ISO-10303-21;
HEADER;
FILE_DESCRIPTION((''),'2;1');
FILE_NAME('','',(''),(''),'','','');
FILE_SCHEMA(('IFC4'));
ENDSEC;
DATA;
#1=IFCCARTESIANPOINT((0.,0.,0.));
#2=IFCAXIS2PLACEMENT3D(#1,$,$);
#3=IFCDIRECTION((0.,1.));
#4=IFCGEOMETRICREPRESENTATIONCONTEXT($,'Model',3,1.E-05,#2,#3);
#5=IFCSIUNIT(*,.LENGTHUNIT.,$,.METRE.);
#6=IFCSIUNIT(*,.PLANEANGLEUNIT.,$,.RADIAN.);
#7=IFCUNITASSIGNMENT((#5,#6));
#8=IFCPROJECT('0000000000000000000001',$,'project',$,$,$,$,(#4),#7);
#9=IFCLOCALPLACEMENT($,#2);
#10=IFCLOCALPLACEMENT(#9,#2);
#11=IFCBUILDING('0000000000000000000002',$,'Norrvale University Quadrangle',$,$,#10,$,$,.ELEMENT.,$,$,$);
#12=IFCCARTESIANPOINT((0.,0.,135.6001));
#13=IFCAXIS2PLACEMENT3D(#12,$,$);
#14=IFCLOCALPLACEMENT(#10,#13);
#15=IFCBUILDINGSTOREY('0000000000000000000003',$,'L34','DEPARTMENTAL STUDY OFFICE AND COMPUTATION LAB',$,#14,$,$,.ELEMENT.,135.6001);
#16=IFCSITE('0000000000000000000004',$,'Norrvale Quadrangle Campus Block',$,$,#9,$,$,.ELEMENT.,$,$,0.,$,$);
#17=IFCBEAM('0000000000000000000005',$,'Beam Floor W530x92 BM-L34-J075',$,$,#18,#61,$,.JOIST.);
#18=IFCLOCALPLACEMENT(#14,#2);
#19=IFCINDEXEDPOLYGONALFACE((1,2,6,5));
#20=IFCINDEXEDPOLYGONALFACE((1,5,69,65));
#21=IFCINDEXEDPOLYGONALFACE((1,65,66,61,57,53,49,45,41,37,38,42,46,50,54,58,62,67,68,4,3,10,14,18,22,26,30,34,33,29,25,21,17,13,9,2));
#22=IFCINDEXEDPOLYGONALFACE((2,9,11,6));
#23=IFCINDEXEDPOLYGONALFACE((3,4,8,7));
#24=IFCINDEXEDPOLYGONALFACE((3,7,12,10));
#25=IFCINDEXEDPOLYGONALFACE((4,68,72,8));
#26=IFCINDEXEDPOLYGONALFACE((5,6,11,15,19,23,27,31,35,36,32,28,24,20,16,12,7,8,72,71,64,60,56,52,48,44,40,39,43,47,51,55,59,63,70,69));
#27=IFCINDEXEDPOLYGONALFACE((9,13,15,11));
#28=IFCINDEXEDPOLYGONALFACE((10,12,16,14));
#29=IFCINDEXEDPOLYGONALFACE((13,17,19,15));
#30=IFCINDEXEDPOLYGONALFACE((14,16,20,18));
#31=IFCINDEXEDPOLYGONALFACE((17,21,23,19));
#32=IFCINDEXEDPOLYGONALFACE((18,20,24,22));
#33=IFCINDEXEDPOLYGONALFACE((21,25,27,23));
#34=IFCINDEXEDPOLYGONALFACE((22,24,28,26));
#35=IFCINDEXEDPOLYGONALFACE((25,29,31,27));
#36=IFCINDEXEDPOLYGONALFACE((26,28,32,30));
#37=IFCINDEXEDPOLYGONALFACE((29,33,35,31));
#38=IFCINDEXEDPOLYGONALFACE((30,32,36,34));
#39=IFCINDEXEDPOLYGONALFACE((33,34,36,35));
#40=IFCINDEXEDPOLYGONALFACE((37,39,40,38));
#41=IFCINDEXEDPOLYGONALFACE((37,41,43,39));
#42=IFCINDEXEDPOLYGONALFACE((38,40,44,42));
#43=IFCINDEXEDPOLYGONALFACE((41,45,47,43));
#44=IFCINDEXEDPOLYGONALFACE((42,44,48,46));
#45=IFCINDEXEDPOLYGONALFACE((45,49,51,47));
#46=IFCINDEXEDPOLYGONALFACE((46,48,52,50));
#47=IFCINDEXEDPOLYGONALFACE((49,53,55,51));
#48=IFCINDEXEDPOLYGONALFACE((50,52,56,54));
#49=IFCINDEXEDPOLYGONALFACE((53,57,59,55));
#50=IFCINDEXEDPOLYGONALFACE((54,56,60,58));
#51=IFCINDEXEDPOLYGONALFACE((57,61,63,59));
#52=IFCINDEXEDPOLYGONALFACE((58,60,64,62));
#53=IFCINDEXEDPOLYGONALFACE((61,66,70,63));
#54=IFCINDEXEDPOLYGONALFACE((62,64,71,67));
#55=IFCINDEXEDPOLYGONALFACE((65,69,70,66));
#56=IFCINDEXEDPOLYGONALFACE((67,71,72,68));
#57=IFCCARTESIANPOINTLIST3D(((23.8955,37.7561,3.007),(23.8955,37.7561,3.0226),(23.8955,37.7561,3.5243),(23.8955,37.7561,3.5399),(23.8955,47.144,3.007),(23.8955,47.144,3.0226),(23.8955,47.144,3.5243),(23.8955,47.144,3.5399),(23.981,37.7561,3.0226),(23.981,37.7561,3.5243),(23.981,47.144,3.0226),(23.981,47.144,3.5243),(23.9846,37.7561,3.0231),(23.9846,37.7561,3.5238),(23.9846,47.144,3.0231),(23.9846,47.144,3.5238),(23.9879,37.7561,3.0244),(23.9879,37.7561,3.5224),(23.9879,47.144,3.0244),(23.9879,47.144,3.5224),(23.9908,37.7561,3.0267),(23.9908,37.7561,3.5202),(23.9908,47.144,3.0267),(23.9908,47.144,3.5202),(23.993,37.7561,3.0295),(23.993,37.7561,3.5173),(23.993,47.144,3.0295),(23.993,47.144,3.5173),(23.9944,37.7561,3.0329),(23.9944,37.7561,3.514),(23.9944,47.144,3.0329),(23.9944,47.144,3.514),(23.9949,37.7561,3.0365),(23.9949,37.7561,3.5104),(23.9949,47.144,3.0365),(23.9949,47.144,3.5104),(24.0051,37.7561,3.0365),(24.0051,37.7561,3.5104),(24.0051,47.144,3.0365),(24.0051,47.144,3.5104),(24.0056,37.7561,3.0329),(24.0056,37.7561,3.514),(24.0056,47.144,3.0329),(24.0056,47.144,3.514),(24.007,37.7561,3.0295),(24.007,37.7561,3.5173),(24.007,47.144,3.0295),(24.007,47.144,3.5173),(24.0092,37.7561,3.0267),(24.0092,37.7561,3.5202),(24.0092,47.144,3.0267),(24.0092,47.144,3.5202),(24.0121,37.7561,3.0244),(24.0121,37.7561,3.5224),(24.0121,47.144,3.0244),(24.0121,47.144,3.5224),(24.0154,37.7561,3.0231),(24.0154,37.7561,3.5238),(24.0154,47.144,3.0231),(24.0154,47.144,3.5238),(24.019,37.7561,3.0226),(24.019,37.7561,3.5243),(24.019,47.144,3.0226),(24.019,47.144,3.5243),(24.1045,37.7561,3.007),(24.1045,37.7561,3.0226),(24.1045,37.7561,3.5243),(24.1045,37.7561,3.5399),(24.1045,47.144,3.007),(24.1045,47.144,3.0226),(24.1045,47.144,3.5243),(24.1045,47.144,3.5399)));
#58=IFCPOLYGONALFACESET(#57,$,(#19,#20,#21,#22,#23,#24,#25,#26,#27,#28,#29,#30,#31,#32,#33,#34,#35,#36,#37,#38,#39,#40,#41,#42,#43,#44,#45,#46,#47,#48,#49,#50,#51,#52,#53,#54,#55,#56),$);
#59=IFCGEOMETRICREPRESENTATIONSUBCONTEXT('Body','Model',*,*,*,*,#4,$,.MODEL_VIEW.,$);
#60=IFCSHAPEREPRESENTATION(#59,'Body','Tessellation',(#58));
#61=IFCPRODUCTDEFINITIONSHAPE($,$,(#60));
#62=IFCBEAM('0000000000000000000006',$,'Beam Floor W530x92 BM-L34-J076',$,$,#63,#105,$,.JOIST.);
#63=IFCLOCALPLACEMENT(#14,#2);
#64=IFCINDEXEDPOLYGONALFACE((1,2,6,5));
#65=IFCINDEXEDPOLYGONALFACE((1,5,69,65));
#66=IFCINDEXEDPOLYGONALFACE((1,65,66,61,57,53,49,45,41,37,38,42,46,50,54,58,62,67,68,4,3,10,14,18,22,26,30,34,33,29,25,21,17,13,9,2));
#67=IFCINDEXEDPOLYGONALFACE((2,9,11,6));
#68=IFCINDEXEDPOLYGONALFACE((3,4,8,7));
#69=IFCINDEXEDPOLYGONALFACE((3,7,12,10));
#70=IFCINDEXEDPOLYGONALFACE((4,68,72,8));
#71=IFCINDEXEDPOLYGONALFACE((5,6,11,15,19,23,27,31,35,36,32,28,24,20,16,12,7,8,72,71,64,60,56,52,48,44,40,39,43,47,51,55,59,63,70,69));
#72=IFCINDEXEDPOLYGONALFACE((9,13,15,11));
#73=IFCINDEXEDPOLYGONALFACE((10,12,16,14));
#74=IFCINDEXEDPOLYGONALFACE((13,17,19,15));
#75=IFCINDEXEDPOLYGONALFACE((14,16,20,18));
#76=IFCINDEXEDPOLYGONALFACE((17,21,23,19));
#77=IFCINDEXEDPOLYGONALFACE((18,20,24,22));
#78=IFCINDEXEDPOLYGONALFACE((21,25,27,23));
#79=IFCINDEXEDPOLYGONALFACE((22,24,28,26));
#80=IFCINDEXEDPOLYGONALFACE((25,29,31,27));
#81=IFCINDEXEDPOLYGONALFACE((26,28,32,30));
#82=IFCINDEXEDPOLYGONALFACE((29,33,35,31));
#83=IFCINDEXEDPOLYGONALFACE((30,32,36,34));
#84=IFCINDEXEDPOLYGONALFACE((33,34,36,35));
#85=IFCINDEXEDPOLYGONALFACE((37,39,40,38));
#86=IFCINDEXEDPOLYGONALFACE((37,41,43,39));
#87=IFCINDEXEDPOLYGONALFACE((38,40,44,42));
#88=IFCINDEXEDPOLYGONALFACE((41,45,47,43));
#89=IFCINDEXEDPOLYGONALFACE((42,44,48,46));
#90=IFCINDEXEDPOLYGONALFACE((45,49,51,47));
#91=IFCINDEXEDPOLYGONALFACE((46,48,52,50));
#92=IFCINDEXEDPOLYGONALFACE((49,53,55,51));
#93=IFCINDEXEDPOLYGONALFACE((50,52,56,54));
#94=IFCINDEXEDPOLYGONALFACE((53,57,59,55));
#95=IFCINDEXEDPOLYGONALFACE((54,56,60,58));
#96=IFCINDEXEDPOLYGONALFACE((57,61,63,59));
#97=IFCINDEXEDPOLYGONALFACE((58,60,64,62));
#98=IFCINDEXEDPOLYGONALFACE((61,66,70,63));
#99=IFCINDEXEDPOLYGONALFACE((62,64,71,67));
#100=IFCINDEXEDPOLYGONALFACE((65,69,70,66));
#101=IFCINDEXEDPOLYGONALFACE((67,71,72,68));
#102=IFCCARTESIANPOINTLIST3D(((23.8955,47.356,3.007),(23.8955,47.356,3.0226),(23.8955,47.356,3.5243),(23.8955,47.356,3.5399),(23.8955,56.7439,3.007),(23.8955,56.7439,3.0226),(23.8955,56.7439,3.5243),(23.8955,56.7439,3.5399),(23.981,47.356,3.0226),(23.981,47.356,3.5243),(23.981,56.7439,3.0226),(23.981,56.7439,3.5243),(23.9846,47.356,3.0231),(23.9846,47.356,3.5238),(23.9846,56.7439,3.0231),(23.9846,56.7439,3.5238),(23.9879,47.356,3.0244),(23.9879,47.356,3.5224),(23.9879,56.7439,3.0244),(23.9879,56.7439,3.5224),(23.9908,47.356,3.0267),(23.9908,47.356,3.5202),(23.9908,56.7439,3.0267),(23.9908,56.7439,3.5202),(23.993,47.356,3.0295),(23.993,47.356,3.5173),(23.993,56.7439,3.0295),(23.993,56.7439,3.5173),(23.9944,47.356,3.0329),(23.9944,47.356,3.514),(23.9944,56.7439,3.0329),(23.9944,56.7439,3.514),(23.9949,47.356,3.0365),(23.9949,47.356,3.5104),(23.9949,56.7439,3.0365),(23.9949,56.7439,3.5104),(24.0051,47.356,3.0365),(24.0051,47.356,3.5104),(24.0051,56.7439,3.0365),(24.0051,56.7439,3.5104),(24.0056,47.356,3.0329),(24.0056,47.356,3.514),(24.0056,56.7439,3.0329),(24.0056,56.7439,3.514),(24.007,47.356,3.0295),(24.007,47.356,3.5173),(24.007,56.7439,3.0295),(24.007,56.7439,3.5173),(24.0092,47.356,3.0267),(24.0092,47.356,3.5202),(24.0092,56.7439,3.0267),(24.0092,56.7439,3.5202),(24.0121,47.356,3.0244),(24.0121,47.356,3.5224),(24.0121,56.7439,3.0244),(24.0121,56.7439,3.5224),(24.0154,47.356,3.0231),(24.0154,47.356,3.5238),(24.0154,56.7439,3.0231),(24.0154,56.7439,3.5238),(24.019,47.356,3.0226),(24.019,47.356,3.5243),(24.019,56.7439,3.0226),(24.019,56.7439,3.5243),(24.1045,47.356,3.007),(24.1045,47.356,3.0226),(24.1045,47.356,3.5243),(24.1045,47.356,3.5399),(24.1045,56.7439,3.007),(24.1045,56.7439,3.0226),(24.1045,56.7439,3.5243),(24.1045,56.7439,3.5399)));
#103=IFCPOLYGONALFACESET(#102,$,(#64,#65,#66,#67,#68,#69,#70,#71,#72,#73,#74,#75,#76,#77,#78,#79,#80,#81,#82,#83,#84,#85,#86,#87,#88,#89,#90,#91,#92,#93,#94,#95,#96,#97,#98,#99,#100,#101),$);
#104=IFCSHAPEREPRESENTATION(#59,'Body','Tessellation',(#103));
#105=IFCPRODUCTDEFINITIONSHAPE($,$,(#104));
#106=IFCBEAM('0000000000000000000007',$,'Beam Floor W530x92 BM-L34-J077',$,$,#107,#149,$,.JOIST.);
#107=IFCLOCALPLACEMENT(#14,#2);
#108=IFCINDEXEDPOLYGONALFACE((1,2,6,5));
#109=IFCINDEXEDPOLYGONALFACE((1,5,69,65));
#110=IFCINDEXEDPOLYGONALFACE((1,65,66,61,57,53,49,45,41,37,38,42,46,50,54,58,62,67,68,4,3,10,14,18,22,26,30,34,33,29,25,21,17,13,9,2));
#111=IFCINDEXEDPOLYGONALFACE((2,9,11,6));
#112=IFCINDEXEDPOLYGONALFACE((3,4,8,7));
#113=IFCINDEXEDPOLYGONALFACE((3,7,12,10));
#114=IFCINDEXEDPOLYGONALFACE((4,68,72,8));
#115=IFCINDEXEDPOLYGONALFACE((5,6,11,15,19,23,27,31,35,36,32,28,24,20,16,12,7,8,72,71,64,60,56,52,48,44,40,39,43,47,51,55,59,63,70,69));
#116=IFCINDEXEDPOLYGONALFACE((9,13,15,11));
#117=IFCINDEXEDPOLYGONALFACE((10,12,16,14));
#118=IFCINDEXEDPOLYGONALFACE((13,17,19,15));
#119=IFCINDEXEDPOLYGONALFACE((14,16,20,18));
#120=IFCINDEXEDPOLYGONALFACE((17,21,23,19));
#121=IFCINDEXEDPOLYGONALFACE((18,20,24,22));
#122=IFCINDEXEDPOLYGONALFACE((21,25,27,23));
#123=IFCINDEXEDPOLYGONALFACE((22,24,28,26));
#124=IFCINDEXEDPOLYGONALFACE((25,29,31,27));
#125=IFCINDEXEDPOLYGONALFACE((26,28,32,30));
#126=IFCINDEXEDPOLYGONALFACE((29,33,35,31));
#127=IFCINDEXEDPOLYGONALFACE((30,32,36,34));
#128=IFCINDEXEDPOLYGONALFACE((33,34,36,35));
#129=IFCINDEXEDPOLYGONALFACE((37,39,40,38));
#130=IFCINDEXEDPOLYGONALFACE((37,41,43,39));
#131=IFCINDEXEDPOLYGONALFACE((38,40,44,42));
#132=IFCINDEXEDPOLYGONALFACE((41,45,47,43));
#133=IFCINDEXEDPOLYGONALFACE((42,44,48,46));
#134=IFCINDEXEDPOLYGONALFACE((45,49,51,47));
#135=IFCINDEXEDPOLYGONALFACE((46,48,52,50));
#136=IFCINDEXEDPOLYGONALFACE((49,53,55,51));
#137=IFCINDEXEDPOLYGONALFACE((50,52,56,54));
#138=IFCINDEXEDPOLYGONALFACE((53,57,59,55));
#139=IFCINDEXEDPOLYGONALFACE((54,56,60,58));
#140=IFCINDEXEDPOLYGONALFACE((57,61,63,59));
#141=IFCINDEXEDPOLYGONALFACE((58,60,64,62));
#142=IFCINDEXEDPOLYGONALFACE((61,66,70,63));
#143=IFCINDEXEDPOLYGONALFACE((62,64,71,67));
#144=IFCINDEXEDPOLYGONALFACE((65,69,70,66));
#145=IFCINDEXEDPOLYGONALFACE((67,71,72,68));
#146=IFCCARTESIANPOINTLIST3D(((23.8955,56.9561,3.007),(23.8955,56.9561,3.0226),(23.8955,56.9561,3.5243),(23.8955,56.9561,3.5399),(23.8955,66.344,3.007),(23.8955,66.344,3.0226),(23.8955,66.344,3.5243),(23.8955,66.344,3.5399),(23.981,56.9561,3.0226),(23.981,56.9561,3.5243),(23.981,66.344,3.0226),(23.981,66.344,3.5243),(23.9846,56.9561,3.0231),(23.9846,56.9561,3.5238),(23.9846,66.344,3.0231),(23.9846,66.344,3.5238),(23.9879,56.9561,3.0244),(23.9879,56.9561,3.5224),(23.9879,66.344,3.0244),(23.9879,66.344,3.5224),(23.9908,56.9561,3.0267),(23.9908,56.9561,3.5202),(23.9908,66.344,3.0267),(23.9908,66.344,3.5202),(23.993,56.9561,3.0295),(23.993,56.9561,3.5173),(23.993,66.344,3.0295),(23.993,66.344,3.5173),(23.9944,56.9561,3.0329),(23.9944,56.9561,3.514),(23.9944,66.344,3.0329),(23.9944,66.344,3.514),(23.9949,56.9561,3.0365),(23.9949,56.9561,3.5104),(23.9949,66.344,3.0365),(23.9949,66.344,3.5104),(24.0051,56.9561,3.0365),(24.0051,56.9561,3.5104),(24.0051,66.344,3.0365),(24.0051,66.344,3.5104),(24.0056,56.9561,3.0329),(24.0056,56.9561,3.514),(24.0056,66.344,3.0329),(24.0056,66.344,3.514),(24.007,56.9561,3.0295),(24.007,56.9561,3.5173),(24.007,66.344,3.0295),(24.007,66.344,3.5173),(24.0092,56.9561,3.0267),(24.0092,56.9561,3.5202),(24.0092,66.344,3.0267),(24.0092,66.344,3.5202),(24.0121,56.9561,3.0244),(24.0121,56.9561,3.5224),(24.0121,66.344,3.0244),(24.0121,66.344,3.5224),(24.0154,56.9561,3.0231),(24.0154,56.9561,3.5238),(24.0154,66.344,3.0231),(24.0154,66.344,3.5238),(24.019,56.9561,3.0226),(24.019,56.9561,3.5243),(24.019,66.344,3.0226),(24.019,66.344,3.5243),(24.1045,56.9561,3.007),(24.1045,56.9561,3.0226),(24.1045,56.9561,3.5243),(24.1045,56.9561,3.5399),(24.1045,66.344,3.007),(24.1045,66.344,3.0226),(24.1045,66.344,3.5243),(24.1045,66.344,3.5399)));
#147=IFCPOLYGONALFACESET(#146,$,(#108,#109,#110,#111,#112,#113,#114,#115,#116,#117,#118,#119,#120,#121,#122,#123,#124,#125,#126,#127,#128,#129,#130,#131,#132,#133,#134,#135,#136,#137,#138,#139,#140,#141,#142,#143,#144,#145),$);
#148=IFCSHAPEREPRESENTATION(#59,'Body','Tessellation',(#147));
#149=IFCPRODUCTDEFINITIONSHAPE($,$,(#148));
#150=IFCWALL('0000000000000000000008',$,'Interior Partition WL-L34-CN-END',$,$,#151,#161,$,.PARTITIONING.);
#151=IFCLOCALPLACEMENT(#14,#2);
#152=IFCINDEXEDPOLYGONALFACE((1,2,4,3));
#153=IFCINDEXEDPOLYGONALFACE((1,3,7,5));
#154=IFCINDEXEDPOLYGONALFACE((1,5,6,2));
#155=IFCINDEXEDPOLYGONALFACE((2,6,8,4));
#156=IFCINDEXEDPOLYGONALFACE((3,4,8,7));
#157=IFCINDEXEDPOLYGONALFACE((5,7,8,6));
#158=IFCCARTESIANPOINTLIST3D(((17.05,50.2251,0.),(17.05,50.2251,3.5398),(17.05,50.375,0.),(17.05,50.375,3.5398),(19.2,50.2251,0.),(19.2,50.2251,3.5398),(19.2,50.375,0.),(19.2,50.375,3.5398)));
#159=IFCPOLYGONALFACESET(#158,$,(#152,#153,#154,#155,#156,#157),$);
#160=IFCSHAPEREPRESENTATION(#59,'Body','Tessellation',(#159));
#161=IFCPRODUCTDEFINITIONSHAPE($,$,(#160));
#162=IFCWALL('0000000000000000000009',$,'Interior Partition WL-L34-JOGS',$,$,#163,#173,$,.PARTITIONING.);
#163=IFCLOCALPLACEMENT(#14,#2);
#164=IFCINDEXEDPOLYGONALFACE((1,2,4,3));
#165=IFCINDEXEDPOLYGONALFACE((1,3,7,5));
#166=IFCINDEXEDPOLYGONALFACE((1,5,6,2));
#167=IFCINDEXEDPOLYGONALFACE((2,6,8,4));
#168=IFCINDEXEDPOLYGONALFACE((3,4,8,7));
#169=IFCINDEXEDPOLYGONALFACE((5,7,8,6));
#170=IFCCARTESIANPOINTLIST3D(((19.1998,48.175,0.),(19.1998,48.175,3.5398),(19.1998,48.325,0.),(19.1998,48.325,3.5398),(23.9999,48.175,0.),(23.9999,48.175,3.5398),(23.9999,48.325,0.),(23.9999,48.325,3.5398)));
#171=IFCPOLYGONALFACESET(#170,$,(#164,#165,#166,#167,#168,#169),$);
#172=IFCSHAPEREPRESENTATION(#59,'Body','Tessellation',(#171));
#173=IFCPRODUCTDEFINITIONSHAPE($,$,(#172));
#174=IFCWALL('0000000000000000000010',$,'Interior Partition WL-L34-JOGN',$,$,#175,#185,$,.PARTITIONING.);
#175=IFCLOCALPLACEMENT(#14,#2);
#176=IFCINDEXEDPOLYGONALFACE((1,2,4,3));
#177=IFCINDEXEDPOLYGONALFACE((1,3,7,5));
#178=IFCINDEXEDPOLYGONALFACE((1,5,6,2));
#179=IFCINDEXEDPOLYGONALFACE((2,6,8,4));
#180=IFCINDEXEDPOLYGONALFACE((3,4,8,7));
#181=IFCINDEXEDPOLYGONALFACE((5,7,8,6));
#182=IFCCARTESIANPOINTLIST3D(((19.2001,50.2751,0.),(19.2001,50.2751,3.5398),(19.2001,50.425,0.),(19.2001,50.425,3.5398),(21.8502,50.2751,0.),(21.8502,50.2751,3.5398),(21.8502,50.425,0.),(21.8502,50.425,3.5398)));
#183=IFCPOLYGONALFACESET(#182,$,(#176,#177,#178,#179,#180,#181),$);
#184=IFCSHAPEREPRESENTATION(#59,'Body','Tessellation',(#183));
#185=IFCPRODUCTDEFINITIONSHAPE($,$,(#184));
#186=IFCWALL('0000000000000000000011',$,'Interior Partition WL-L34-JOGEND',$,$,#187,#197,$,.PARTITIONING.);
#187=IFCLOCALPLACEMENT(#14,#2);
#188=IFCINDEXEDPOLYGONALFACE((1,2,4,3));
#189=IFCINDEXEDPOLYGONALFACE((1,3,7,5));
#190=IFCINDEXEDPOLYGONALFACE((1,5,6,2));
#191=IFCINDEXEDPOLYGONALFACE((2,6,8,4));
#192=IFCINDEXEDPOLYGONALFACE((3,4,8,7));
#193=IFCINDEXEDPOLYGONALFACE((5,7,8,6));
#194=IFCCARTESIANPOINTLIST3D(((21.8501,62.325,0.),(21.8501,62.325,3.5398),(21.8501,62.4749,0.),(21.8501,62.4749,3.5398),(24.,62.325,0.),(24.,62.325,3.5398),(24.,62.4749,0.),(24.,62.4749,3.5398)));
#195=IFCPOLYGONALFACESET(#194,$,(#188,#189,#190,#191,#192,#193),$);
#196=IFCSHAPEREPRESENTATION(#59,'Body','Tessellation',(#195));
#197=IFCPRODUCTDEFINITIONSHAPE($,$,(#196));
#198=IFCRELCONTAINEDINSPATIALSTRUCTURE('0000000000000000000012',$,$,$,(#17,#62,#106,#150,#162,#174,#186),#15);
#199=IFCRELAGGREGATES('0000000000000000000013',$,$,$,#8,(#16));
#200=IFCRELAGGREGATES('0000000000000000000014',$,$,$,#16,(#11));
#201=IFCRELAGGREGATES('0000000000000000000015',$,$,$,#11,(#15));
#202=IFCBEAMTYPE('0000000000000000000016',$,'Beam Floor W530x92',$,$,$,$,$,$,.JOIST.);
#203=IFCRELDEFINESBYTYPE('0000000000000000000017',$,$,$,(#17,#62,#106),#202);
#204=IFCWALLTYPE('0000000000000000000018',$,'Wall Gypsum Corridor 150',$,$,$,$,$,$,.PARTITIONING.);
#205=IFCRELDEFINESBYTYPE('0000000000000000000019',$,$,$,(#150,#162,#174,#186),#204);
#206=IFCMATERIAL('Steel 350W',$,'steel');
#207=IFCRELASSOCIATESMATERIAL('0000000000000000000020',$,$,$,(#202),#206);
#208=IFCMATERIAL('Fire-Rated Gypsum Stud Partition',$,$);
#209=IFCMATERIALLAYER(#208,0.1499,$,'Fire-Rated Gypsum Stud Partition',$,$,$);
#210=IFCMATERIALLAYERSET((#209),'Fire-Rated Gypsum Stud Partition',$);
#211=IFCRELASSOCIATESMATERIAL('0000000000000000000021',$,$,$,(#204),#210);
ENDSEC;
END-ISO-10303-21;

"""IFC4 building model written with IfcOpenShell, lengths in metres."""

from ifc_helpers import new_model, si_unit, direction, frame, frame_2d, origin, origin_2d, place, context, subcontext, project, spatial, rectangle, i_section, extrude, material, layer, layer_set, material_profile, profile_set, type_object, element, save


model = new_model("IFC4")

# Units and contexts
model_context = context("Model", 3, precision=1e-05, world=origin(), true_north=direction((0.0, 1.0)))
body_context = subcontext(model_context, "Body", "Model", "MODEL_VIEW")
ifc_project = project(units=[si_unit("LENGTHUNIT", "METRE"), si_unit("PLANEANGLEUNIT", "RADIAN")], contexts=[model_context])

# Site, building, storey
site_placement = place(None, origin())
site = spatial("IfcSite", under=ifc_project, at=site_placement, Name="Norrvale Quadrangle Campus Block", CompositionType="ELEMENT", RefElevation=0.0)
building_placement = place(site_placement, origin())
building = spatial("IfcBuilding", under=site, at=building_placement, Name="Norrvale University Quadrangle", CompositionType="ELEMENT")
storey_placement = place(building_placement, frame((0.0, 0.0, 135.6001)))
storey = spatial("IfcBuildingStorey", under=building, at=storey_placement, Name="L34", Description="DEPARTMENTAL STUDY OFFICE AND COMPUTATION LAB", CompositionType="ELEMENT", Elevation=135.6001)

# Beams
ifc_material_1 = material(Name="Steel 350W", Category="steel")
ifc_material_profile_1 = material_profile(ifc_material_1, i_section(OverallWidth=0.209, OverallDepth=0.533, WebThickness=0.0103, FlangeThickness=0.0156, FilletRadius=0.0139, at=origin_2d()), Name="Steel 350W")
ifc_profile_set_1 = profile_set([ifc_material_profile_1], Name="Steel 350W")
beam_type_1 = type_object("IfcBeamType", Name="Beam Floor W530x92", PredefinedType="JOIST", material=ifc_profile_set_1)
for number, where, z_axis, x_axis, name in (
    (1, (24.0, 37.7561, 3.2734), (0.0, 1.0, 0.0), (-1.0, 0.0, 0.0), "Beam Floor W530x92 BM-L34-J075"),
    (2, (24.0, 47.356, 3.2734), (0.0, 1.0, 0.0), (-1.0, 0.0, 0.0), "Beam Floor W530x92 BM-L34-J076"),
    (3, (24.0, 56.9561, 3.2734), (0.0, 1.0, 0.0), (-1.0, 0.0, 0.0), "Beam Floor W530x92 BM-L34-J077"),
):
    element("IfcBeam", number, at=place(storey_placement, frame(where, z_axis=z_axis, x_axis=x_axis)), inside=storey, type_object=beam_type_1, Name=name, PredefinedType="JOIST", context=body_context, shape_type="SweptSolid", body=[
        extrude(i_section(OverallWidth=0.209, OverallDepth=0.533, WebThickness=0.0103, FlangeThickness=0.0156, FilletRadius=0.0139, at=origin_2d()), origin(), (0.0, 0.0, 1.0), 9.3879),
    ])

# Walls
ifc_material_2 = material(Name="Fire-Rated Gypsum Stud Partition")
ifc_layer_1 = layer(ifc_material_2, 0.1499, Name="Fire-Rated Gypsum Stud Partition")
ifc_layer_set_1 = layer_set([ifc_layer_1], Name="Fire-Rated Gypsum Stud Partition")
wall_type_1 = type_object("IfcWallType", Name="Wall Gypsum Corridor 150", PredefinedType="PARTITIONING", material=ifc_layer_set_1)
wall_1_placement = place(storey_placement, frame((17.05, 50.3, 0.0), z_axis=(0.0, 0.0, 1.0), x_axis=(1.0, 0.0, 0.0)))
element("IfcWall", 4, at=wall_1_placement, inside=storey, type_object=wall_type_1, Name="Interior Partition WL-L34-CN-END", PredefinedType="PARTITIONING", context=body_context, shape_type="SweptSolid", body=[
    extrude(rectangle(XDim=2.1499, YDim=0.1499, at=frame_2d((1.075, 0.0))), origin(), (0.0, 0.0, 1.0), 3.5398),
])
wall_2_placement = place(storey_placement, frame((19.2, 48.25, 0.0), z_axis=(0.0, 0.0, 1.0), x_axis=(1.0, 0.0, 0.0)))
element("IfcWall", 5, at=wall_2_placement, inside=storey, type_object=wall_type_1, Name="Interior Partition WL-L34-JOGS", PredefinedType="PARTITIONING", context=body_context, shape_type="SweptSolid", body=[
    extrude(rectangle(XDim=4.8, YDim=0.1499, at=frame_2d((2.3999, 0.0))), origin(), (0.0, 0.0, 1.0), 3.5398),
])
wall_3_placement = place(storey_placement, frame((19.2, 50.3501, 0.0), z_axis=(0.0, 0.0, 1.0), x_axis=(1.0, 0.0, 0.0)))
element("IfcWall", 6, at=wall_3_placement, inside=storey, type_object=wall_type_1, Name="Interior Partition WL-L34-JOGN", PredefinedType="PARTITIONING", context=body_context, shape_type="SweptSolid", body=[
    extrude(rectangle(XDim=2.6501, YDim=0.1499, at=frame_2d((1.3252, 0.0))), origin(), (0.0, 0.0, 1.0), 3.5398),
])
wall_4_placement = place(storey_placement, frame((21.8501, 62.3999, 0.0), z_axis=(0.0, 0.0, 1.0), x_axis=(1.0, 0.0, 0.0)))
element("IfcWall", 7, at=wall_4_placement, inside=storey, type_object=wall_type_1, Name="Interior Partition WL-L34-JOGEND", PredefinedType="PARTITIONING", context=body_context, shape_type="SweptSolid", body=[
    extrude(rectangle(XDim=2.1499, YDim=0.1499, at=frame_2d((1.075, 0.0))), origin(), (0.0, 0.0, 1.0), 3.5398),
])

save(model, "model.ifc")
